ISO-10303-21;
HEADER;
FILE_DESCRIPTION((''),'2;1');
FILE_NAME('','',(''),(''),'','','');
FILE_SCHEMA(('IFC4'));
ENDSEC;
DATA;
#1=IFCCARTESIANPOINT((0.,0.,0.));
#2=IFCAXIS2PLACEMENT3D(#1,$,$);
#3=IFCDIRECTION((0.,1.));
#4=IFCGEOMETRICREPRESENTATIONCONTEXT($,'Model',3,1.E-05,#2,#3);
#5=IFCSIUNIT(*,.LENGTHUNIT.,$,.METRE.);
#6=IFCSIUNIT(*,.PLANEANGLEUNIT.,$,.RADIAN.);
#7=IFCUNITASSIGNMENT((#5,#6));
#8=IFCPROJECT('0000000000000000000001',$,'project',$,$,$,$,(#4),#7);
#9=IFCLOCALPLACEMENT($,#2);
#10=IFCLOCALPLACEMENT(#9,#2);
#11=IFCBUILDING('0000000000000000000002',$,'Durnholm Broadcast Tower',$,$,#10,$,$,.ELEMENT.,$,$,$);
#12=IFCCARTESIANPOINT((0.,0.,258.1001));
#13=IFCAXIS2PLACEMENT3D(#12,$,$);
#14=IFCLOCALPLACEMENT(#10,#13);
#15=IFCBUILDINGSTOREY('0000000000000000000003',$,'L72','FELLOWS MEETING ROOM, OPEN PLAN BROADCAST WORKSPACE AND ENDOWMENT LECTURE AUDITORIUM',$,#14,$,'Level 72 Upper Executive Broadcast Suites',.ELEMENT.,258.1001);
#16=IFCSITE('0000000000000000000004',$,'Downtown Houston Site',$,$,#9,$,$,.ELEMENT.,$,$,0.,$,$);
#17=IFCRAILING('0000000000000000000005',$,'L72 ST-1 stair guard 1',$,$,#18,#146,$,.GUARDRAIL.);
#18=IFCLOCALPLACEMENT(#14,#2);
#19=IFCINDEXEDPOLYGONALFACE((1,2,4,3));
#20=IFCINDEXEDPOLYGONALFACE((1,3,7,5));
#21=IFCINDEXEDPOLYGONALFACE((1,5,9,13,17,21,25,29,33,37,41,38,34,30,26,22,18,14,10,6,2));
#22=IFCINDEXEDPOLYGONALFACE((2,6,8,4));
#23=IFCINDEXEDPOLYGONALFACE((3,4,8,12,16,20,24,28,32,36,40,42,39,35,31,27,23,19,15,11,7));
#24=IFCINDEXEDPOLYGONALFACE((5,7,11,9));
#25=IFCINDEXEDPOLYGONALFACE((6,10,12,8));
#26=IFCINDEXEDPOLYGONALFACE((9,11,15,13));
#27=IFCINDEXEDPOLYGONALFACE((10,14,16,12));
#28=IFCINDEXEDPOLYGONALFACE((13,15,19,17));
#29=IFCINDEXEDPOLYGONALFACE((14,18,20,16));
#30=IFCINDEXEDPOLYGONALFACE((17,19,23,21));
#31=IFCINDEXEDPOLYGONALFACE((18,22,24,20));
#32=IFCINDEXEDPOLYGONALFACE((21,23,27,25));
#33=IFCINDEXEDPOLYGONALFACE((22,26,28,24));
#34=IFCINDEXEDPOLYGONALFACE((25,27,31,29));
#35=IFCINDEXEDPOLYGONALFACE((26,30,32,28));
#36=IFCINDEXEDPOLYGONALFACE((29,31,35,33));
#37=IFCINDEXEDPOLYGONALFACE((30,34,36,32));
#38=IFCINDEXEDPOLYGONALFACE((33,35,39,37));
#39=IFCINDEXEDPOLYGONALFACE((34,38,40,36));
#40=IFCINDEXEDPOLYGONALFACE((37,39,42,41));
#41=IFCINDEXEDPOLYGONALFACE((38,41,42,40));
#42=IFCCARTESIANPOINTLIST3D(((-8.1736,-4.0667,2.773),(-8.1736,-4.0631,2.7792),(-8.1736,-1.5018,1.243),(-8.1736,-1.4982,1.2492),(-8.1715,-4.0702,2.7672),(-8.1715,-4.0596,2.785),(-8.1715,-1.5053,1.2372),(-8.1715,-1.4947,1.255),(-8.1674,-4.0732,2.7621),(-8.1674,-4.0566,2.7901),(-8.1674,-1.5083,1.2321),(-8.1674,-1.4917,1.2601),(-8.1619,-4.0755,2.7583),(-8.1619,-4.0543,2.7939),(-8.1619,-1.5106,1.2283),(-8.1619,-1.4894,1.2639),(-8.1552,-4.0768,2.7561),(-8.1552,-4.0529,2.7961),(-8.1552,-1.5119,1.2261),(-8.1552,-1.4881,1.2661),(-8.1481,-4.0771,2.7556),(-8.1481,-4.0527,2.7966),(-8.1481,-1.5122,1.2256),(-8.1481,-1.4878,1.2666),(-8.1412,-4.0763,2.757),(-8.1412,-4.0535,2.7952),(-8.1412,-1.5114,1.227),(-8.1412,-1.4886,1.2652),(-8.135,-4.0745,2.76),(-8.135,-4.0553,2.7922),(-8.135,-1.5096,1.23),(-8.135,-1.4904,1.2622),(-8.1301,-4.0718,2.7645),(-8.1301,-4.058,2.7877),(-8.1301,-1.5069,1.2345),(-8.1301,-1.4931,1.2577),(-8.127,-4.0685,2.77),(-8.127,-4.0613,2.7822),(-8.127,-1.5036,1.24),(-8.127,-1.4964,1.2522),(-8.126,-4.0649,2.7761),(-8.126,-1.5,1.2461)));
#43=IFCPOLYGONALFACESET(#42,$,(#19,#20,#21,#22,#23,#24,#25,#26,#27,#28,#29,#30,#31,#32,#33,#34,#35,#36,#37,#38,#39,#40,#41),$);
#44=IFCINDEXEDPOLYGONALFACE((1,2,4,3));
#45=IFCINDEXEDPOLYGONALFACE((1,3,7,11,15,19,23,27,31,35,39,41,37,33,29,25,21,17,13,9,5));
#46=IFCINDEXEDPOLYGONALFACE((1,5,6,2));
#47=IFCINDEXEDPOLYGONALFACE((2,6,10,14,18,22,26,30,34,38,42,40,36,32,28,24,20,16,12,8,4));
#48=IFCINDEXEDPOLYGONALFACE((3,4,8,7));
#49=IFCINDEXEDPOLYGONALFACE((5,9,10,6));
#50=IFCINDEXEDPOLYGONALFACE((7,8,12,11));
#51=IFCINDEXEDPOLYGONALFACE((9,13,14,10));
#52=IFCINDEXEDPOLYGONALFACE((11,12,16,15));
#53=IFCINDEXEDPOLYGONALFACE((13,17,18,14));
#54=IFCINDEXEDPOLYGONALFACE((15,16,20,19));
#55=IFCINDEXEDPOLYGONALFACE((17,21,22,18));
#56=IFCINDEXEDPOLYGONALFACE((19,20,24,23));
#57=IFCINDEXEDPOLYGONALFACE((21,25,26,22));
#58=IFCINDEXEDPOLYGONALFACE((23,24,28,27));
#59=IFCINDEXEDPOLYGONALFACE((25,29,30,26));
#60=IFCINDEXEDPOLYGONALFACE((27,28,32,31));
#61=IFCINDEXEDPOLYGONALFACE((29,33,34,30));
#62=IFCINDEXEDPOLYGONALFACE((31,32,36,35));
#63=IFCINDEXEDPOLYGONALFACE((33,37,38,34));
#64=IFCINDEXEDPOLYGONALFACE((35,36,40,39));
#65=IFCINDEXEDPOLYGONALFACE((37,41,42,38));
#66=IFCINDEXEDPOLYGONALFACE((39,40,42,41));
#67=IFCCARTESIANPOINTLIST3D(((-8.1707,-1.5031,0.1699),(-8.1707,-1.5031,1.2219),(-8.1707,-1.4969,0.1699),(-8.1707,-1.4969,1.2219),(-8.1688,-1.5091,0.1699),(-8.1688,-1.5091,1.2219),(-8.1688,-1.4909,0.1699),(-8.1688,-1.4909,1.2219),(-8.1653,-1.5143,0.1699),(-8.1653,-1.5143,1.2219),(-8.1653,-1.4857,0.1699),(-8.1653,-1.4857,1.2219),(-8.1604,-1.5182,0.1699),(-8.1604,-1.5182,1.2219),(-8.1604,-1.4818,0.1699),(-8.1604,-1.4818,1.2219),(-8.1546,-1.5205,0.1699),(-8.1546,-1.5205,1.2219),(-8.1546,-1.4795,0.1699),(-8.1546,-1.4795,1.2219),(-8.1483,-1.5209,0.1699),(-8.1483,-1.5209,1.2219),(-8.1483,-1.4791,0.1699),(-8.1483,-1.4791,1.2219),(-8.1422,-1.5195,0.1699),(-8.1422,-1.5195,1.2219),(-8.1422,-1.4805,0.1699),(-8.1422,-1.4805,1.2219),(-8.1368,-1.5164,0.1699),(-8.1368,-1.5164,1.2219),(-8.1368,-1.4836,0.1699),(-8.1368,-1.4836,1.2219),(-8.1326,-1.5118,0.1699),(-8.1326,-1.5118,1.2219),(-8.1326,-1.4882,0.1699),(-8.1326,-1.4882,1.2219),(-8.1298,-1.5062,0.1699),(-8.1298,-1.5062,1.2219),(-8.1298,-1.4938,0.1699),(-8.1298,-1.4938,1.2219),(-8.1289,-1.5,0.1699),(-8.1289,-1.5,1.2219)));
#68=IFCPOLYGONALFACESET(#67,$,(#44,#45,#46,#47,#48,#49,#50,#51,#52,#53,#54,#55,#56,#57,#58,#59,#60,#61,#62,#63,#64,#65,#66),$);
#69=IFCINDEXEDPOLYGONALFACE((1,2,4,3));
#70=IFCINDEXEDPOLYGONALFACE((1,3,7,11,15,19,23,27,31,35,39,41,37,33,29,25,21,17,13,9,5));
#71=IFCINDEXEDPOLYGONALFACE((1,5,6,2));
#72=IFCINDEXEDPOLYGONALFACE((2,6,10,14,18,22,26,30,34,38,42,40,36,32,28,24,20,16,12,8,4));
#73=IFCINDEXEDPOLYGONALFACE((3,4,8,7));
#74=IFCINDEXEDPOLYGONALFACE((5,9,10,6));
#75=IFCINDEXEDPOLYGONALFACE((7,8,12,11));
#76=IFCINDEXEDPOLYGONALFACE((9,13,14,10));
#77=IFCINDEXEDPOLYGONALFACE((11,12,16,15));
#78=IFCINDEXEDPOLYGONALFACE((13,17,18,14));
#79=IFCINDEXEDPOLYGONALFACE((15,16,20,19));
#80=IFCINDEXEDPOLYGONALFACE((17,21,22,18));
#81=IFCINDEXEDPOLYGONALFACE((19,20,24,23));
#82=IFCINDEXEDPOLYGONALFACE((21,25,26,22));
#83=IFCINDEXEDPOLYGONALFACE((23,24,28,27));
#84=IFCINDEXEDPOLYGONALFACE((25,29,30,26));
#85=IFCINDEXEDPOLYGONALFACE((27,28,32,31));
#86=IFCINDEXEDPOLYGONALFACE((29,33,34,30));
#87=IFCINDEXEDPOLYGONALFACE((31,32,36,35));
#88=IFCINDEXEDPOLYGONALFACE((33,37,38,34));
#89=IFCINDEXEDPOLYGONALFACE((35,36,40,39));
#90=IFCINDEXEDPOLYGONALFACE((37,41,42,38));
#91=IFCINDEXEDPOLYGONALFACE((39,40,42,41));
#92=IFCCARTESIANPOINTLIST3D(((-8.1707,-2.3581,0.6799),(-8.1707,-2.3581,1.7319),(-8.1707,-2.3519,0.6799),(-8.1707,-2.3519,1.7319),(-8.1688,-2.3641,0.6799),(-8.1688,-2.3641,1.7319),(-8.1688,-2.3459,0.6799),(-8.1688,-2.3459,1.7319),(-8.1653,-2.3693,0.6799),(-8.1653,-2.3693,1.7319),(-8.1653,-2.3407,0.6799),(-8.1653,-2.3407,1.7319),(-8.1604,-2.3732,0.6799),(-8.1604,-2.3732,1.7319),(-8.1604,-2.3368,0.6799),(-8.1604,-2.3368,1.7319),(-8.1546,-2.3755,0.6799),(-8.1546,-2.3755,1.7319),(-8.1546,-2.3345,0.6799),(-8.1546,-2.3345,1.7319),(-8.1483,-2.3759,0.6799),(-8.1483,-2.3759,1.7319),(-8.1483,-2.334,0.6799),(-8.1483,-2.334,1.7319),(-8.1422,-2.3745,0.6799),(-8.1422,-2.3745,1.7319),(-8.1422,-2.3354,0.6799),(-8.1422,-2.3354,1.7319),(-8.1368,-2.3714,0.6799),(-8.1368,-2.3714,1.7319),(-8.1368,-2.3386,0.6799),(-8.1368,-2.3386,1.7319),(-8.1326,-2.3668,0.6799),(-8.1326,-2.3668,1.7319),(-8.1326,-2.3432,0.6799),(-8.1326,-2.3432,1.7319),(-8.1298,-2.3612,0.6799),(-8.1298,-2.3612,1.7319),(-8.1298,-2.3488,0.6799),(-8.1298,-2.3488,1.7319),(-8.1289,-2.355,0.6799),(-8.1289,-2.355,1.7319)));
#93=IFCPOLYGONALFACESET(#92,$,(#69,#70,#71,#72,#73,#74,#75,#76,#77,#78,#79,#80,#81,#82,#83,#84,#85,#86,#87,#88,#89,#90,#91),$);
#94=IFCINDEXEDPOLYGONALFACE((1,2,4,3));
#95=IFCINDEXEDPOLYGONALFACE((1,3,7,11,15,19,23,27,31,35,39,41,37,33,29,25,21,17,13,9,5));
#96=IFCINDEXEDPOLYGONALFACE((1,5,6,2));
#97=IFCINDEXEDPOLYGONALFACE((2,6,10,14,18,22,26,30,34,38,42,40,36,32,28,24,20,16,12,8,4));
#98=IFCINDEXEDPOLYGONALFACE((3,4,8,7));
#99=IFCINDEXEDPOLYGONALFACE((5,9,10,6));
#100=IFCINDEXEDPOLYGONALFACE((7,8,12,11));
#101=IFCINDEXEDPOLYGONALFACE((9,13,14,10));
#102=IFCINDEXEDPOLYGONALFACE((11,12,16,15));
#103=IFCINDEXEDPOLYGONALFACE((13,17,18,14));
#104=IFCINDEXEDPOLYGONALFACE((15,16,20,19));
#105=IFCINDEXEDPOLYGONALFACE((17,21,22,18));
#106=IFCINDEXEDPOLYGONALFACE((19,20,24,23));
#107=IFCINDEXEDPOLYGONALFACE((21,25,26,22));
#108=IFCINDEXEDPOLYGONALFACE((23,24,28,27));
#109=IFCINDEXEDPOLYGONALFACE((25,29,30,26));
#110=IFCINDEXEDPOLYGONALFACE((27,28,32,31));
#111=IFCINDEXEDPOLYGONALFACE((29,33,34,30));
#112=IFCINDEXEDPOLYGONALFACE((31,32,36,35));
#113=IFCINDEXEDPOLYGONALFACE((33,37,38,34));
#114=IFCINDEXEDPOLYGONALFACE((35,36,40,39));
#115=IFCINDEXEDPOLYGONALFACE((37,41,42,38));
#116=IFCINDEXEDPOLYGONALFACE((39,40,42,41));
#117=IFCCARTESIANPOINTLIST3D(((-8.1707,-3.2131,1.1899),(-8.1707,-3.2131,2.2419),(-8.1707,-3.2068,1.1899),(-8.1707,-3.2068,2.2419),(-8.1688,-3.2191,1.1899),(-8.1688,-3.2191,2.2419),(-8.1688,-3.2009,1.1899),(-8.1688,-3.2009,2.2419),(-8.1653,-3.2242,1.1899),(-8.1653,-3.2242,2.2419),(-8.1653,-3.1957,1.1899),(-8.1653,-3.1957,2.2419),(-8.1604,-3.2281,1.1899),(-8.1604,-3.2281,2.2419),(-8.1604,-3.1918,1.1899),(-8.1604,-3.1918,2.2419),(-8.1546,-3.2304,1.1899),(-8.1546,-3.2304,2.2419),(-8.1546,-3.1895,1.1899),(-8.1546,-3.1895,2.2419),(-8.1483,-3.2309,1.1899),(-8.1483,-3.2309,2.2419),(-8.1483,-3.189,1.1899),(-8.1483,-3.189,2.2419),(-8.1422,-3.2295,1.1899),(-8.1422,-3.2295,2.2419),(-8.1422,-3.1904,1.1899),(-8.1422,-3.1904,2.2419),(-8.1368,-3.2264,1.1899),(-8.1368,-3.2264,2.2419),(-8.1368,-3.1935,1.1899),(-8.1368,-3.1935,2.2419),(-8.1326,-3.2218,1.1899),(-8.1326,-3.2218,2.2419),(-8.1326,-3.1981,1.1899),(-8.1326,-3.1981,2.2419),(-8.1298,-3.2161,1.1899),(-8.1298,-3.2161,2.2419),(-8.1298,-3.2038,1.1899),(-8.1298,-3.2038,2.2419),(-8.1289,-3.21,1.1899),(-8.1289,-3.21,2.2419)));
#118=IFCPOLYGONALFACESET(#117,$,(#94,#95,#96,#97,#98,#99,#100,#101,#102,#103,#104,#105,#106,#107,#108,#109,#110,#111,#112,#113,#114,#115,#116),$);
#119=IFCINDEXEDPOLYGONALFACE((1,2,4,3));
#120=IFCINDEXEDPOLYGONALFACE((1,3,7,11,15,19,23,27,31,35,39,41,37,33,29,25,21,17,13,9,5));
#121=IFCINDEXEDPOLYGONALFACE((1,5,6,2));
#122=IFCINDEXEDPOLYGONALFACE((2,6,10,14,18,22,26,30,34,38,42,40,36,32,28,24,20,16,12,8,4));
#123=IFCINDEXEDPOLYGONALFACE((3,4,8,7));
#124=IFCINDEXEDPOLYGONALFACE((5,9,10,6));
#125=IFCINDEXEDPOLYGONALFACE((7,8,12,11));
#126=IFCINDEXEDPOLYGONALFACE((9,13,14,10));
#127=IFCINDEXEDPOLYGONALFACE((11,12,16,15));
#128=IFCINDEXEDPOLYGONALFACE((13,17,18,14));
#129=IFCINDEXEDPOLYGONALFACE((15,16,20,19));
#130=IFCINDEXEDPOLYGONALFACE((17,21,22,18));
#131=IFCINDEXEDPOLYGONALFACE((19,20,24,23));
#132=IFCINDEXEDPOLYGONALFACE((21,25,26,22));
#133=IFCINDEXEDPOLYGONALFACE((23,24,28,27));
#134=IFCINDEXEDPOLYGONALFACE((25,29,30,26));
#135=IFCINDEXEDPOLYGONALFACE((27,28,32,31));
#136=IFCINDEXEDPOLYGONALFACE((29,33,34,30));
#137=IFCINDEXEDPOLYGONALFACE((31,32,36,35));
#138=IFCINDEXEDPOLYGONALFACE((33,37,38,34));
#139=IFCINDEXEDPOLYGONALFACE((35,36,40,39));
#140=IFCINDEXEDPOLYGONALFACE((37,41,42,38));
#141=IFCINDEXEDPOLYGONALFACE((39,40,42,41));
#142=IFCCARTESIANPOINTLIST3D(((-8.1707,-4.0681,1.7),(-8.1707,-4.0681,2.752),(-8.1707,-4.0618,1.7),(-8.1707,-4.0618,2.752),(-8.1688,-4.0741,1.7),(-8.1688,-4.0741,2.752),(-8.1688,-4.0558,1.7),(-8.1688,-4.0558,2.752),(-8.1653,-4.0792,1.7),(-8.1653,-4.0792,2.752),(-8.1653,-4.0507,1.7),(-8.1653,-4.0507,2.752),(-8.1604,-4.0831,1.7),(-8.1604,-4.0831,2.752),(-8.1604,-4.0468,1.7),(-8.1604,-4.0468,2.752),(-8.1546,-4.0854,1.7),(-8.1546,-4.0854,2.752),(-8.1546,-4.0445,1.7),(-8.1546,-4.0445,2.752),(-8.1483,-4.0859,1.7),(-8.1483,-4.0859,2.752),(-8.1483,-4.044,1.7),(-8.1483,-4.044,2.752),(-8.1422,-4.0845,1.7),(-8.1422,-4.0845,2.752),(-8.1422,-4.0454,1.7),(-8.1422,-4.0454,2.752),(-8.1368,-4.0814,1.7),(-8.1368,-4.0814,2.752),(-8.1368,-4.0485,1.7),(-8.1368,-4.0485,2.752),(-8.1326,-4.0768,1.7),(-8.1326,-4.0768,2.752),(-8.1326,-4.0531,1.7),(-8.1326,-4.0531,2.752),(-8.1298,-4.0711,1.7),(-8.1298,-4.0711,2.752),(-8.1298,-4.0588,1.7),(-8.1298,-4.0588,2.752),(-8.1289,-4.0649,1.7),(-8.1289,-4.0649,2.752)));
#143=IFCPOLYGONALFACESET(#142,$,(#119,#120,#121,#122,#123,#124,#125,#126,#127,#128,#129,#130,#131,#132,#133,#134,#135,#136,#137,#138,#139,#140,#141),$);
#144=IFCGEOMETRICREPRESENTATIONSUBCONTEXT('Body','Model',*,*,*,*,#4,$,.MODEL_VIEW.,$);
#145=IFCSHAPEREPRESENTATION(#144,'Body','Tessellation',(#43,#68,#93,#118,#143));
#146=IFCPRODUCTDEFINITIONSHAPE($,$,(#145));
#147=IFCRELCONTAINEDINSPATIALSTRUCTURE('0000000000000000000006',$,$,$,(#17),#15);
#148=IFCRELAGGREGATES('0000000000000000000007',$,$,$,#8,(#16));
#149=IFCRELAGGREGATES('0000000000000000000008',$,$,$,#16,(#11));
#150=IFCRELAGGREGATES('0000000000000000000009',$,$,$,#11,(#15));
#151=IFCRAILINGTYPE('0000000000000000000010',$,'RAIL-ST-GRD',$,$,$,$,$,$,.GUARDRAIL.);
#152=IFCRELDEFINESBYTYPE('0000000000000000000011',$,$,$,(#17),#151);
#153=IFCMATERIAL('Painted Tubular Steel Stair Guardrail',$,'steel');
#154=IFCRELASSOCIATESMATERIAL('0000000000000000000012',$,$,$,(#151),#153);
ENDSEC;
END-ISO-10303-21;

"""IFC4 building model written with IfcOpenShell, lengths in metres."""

from ifc_helpers import new_model, si_unit, direction, frame, origin, origin_2d, place, context, subcontext, project, spatial, circle, extrude, material, type_object, element, save


model = new_model("IFC4")

# Units and contexts
model_context = context("Model", 3, precision=1e-05, world=origin(), true_north=direction((0.0, 1.0)))
body_context = subcontext(model_context, "Body", "Model", "MODEL_VIEW")
ifc_project = project(units=[si_unit("LENGTHUNIT", "METRE"), si_unit("PLANEANGLEUNIT", "RADIAN")], contexts=[model_context])

# Site, building, storey
site_placement = place(None, origin())
site = spatial("IfcSite", under=ifc_project, at=site_placement, Name="Downtown Houston Site", CompositionType="ELEMENT", RefElevation=0.0)
building_placement = place(site_placement, origin())
building = spatial("IfcBuilding", under=site, at=building_placement, Name="Durnholm Broadcast Tower", CompositionType="ELEMENT")
storey_placement = place(building_placement, frame((0.0, 0.0, 258.1001)))
storey = spatial("IfcBuildingStorey", under=building, at=storey_placement, Name="L72", Description="FELLOWS MEETING ROOM, OPEN PLAN BROADCAST WORKSPACE AND ENDOWMENT LECTURE AUDITORIUM", LongName="Level 72 Upper Executive Broadcast Suites", CompositionType="ELEMENT", Elevation=258.1001)

# Railing
ifc_material_1 = material(Name="Painted Tubular Steel Stair Guardrail", Category="steel")
railing_type_1 = type_object("IfcRailingType", Name="RAIL-ST-GRD", PredefinedType="GUARDRAIL", material=ifc_material_1)
railing_1_placement = place(storey_placement, frame((-8.1499, -1.5, 0.1699)))
element("IfcRailing", 1, at=railing_1_placement, inside=storey, type_object=railing_type_1, Name="L72 ST-1 stair guard 1", PredefinedType="GUARDRAIL", context=body_context, shape_type="SweptSolid", body=[
    extrude(circle(Radius=0.0239, at=origin_2d()), frame((0.0, 0.0, 1.0762), z_axis=(0.0, -0.85881, 0.512294), x_axis=(1.0, 0.0, 0.0)), (0.0, 0.0, 1.0), 2.9866),
    extrude(circle(Radius=0.021, at=origin_2d()), origin(), (0.0, 0.0, 1.0), 1.052),
    extrude(circle(Radius=0.021, at=origin_2d()), frame((0.0, -0.855, 0.51)), (0.0, 0.0, 1.0), 1.052),
    extrude(circle(Radius=0.021, at=origin_2d()), frame((0.0, -1.71, 1.02)), (0.0, 0.0, 1.0), 1.052),
    extrude(circle(Radius=0.021, at=origin_2d()), frame((0.0, -2.5649, 1.53)), (0.0, 0.0, 1.0), 1.052),
])

save(model, "model.ifc")
